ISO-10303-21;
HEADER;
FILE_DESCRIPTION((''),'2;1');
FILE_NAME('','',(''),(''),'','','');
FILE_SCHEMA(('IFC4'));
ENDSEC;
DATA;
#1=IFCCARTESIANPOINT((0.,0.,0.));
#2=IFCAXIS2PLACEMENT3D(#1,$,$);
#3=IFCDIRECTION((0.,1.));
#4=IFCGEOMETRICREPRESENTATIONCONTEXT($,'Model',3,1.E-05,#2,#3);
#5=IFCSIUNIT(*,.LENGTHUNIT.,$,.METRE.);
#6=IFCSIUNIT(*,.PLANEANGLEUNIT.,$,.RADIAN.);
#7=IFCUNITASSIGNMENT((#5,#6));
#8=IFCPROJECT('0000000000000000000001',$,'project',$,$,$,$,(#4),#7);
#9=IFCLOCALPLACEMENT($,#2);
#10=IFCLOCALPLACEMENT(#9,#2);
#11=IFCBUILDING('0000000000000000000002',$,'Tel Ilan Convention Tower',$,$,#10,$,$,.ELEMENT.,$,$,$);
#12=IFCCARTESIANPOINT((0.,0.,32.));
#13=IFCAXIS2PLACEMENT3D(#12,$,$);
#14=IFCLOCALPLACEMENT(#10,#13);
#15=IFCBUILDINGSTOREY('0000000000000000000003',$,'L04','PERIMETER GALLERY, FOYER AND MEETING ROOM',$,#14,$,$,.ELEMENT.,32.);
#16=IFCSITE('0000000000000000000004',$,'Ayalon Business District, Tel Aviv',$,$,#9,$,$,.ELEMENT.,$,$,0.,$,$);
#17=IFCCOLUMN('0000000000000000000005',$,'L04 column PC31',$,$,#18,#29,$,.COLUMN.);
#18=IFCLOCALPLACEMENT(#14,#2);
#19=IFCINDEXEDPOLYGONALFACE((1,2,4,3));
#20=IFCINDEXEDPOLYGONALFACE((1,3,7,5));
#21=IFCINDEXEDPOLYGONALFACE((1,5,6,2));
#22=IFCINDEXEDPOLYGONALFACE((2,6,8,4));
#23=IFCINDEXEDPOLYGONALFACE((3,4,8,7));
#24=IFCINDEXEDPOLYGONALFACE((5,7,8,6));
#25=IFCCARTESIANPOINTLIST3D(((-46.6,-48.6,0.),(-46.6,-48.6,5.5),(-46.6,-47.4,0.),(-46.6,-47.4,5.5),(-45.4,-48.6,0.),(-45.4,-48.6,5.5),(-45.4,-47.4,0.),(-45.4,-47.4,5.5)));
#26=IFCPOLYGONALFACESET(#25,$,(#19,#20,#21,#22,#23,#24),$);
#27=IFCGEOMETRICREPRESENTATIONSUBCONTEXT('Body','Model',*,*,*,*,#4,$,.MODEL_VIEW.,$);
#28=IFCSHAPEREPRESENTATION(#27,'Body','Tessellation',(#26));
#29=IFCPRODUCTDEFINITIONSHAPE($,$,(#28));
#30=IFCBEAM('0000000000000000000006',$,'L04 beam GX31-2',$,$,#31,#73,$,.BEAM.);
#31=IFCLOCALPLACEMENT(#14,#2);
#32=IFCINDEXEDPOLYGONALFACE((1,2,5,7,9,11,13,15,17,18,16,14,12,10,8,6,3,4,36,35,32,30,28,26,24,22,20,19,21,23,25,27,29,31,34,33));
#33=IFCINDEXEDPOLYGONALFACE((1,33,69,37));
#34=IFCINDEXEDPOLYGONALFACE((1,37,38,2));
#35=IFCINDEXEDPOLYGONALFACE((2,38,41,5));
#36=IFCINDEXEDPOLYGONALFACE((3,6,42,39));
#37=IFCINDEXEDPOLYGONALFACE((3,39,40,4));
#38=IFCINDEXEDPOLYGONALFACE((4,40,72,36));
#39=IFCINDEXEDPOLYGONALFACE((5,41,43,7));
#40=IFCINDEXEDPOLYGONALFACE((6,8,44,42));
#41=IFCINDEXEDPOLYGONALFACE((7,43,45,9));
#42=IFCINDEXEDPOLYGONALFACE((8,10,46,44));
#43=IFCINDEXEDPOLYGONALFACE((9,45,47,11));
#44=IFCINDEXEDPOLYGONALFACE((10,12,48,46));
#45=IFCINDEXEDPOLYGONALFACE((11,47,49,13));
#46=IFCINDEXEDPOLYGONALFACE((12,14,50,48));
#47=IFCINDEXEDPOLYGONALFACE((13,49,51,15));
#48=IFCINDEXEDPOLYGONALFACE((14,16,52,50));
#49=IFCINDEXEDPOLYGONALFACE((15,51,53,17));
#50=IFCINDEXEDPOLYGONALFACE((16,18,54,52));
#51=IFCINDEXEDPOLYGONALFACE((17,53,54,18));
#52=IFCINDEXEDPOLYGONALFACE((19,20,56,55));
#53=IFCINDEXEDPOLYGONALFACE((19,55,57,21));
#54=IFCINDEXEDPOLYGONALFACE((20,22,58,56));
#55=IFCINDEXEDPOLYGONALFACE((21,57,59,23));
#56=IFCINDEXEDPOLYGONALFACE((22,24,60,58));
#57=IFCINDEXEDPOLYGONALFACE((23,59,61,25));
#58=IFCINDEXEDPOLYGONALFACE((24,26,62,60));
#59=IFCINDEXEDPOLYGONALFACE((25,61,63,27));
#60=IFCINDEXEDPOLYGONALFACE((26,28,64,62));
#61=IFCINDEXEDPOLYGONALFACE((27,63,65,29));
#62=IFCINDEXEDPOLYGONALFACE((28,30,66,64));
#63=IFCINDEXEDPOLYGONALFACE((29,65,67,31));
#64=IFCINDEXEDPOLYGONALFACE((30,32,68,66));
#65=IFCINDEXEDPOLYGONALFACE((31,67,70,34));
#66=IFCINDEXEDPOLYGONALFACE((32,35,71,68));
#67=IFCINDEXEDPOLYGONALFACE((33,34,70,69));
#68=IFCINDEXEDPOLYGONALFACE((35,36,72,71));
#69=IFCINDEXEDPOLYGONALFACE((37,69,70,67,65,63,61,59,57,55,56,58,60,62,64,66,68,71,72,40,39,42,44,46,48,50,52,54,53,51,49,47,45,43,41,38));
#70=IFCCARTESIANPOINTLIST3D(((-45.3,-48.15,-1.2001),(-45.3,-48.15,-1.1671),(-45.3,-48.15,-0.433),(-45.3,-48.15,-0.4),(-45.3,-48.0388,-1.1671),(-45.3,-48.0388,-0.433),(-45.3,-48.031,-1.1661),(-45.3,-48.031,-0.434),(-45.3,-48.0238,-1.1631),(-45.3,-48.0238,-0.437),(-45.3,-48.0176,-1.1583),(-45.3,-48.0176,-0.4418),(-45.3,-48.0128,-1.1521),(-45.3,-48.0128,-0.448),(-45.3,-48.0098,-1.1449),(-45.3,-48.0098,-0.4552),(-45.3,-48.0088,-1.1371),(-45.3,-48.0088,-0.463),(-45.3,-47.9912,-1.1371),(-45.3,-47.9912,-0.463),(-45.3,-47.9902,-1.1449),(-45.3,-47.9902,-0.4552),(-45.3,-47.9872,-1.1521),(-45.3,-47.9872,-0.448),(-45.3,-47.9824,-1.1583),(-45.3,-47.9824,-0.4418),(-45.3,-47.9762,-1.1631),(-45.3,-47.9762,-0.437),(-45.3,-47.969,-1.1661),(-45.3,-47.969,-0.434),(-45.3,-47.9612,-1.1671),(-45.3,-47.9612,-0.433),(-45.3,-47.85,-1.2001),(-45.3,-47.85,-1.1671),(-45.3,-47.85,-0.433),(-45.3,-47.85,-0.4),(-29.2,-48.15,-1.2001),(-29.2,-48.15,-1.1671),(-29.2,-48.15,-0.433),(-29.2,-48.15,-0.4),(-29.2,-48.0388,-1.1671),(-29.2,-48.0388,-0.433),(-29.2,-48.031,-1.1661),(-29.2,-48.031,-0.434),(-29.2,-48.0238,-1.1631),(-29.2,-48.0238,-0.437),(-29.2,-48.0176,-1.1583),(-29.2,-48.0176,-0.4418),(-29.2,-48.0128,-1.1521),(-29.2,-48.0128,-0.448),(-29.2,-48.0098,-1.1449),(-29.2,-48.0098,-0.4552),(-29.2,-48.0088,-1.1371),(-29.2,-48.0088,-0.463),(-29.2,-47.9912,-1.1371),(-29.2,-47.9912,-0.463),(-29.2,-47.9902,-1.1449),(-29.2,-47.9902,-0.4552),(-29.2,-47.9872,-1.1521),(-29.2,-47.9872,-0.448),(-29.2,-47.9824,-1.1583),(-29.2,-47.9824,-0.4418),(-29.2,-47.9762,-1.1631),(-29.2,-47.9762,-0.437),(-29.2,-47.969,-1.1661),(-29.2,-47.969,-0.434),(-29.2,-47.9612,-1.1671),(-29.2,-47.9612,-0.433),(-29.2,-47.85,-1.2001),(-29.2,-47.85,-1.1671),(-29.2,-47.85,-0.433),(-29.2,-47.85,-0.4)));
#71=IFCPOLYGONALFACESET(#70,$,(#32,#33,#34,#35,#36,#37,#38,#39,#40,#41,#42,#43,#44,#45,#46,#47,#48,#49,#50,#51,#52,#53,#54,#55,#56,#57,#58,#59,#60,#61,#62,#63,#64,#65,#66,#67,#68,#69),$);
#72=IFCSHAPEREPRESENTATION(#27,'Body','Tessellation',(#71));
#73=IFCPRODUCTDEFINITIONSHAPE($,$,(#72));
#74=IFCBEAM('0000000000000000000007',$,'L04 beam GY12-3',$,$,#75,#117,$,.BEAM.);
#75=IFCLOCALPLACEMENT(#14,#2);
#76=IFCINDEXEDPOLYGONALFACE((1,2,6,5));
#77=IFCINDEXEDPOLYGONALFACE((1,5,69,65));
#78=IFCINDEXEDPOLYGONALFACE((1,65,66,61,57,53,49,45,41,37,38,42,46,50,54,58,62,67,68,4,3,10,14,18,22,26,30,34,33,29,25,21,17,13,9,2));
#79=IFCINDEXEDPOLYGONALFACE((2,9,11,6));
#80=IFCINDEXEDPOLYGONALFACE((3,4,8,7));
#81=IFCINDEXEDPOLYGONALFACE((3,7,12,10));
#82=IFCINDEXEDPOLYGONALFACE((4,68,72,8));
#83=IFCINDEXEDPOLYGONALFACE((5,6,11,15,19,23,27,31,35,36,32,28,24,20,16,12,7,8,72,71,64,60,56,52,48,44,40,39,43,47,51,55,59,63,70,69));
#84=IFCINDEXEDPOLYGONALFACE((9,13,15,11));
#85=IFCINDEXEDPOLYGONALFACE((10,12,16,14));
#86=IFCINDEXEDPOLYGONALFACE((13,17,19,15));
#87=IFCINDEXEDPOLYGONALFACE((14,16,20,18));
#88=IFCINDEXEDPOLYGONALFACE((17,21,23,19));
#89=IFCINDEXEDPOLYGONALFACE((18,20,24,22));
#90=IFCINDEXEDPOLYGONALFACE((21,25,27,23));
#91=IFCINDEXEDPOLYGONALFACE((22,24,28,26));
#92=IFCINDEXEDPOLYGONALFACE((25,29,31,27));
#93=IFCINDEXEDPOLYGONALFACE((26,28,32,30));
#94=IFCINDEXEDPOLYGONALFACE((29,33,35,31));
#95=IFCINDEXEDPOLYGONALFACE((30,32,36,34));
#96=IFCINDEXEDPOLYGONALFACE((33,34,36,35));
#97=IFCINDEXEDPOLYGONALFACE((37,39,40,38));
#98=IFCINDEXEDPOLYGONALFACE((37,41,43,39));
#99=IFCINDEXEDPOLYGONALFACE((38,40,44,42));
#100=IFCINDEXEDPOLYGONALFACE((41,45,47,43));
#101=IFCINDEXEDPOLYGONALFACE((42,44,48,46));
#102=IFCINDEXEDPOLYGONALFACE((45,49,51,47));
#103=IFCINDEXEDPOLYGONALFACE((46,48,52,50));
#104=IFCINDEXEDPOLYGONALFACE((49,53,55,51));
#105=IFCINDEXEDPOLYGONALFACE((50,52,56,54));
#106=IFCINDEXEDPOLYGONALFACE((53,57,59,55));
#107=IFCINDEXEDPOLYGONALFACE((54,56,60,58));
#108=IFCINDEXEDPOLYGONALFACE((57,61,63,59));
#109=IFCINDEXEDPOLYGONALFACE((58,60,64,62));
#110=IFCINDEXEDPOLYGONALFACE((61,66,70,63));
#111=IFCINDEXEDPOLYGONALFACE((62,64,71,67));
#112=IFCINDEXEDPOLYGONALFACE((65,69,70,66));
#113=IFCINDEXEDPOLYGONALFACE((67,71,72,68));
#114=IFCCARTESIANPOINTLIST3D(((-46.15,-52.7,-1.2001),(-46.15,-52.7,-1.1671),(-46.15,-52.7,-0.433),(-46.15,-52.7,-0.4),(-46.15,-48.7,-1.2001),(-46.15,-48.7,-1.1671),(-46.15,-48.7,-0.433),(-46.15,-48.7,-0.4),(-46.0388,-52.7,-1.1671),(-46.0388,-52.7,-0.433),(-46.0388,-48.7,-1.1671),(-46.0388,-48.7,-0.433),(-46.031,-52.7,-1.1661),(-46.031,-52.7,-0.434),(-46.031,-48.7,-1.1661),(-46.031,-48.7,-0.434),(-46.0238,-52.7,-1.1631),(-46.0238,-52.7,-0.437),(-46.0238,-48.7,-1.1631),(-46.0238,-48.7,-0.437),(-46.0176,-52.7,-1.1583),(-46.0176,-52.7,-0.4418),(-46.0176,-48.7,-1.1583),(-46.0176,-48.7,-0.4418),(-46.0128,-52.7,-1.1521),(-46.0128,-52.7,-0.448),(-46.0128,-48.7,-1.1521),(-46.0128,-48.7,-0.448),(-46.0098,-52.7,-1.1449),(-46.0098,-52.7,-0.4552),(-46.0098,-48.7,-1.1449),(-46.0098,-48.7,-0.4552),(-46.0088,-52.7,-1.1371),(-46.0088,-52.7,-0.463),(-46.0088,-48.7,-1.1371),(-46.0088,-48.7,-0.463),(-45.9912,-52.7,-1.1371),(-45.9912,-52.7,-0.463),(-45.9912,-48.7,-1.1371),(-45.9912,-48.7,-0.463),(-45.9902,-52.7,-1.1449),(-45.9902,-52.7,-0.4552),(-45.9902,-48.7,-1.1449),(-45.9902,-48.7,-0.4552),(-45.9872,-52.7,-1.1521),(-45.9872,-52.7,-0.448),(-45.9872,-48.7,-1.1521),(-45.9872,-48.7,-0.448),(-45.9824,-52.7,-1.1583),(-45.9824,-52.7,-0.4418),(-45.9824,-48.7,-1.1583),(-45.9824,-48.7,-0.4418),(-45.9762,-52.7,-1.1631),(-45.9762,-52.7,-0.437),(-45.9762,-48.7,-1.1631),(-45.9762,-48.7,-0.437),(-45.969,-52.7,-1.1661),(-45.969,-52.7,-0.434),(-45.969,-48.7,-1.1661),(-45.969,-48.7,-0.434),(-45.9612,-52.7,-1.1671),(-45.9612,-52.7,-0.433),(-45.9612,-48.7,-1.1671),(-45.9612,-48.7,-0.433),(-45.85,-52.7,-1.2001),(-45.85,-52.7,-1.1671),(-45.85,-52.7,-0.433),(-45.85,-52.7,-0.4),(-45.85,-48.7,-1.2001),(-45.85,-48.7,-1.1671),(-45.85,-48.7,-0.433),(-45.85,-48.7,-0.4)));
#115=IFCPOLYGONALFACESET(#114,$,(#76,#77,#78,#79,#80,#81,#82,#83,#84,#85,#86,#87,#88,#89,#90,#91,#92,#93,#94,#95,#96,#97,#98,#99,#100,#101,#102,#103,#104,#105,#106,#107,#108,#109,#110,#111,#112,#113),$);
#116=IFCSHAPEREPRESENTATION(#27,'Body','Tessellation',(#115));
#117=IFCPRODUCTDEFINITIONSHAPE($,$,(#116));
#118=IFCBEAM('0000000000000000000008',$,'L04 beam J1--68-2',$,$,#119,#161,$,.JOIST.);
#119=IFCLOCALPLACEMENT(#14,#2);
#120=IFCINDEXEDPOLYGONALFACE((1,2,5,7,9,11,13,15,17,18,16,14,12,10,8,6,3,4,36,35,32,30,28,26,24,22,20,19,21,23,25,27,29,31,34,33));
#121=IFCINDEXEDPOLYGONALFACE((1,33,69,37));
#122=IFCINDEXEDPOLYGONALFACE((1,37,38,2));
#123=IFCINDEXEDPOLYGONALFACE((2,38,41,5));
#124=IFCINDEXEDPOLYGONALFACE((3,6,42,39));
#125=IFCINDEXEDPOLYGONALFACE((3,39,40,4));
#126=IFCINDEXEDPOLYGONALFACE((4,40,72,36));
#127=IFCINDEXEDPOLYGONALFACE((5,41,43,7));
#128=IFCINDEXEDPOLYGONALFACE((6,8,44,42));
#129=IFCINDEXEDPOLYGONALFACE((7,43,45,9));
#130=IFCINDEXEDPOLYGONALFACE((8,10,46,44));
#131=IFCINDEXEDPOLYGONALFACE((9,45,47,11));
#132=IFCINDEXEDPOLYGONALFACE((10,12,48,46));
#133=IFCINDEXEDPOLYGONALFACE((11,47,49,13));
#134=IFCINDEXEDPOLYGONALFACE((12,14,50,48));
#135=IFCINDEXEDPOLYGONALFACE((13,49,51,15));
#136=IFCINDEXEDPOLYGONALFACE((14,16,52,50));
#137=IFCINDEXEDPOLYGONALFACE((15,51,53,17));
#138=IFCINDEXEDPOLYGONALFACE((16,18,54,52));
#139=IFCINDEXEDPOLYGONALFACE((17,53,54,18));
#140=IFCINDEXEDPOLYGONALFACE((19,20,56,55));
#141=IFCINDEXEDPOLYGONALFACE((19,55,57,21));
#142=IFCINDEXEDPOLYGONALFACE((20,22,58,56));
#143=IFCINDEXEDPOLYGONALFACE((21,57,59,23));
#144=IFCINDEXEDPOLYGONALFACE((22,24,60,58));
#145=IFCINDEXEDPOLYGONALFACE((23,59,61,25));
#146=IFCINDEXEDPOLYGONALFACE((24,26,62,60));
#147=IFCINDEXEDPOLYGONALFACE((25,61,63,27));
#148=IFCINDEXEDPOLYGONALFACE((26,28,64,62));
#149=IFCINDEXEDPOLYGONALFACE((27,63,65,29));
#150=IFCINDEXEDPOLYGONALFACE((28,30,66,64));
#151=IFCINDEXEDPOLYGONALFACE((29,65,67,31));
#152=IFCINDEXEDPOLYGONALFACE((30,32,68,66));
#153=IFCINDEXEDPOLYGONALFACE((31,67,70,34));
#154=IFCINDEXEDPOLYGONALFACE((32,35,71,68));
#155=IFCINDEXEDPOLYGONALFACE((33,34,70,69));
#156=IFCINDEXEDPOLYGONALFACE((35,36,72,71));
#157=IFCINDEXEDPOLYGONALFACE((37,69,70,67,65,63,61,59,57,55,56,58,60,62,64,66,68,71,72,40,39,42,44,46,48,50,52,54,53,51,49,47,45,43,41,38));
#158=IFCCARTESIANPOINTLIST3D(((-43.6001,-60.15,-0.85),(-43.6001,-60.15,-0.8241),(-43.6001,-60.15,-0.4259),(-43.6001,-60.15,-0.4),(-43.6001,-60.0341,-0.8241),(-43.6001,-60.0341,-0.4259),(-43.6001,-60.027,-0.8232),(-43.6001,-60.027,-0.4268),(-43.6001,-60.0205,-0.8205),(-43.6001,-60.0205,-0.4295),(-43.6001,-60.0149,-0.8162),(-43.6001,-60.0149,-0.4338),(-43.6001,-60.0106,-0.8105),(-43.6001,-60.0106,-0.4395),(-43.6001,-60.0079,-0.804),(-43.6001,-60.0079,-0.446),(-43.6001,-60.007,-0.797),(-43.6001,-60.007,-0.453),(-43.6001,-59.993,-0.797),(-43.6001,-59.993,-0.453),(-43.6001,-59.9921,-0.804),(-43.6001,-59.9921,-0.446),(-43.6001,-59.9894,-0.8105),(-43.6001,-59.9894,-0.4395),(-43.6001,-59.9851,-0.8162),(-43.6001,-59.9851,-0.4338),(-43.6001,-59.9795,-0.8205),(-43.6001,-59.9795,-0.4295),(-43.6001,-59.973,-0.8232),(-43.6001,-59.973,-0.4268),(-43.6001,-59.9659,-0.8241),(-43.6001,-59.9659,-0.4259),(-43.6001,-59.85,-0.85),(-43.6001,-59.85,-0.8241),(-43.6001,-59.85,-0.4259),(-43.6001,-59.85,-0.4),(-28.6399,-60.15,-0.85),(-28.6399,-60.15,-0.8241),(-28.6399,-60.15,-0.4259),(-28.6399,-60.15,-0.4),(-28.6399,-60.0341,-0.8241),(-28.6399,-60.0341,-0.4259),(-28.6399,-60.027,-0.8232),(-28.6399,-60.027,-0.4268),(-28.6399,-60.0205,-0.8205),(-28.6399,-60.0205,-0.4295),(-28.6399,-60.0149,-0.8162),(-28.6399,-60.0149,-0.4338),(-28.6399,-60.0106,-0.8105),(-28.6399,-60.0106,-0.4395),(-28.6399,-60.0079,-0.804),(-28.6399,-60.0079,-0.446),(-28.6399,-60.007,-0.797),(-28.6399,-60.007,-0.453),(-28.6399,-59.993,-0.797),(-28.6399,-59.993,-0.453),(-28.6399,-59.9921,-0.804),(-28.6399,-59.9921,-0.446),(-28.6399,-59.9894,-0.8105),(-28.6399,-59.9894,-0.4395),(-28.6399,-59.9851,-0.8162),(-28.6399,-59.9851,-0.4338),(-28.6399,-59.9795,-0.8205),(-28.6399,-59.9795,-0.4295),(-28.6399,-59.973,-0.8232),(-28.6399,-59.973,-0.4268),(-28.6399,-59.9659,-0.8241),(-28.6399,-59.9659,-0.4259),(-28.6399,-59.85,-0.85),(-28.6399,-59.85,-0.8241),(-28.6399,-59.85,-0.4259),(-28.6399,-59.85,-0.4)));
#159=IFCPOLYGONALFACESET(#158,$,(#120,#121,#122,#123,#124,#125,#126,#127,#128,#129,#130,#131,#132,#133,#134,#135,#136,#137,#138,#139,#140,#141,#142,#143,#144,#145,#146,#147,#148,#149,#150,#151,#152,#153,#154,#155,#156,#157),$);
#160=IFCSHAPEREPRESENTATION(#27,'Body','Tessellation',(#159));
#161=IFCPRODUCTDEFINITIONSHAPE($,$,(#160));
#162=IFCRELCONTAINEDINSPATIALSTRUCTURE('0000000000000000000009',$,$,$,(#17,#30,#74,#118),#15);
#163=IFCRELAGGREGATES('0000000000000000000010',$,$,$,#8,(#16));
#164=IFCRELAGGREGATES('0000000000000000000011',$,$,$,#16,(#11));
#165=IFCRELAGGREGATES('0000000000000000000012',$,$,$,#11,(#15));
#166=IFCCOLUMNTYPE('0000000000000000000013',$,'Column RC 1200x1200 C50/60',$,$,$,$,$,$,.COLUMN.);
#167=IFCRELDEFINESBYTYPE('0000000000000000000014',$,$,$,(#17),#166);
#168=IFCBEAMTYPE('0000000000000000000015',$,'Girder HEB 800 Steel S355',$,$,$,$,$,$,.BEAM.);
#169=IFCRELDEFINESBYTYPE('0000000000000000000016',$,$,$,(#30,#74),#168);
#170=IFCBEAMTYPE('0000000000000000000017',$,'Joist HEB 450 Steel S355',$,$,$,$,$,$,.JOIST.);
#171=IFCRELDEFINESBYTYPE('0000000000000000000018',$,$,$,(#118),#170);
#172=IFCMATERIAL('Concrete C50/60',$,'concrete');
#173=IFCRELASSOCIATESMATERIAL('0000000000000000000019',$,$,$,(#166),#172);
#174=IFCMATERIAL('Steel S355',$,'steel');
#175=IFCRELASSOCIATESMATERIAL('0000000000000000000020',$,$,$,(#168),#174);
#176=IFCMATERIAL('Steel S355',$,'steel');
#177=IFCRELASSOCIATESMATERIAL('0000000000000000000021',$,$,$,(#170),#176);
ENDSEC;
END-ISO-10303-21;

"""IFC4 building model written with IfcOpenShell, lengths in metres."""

from ifc_helpers import new_model, si_unit, direction, frame, origin, origin_2d, place, context, subcontext, project, spatial, rectangle, i_section, extrude, material, material_profile, profile_set, type_object, element, save


model = new_model("IFC4")

# Units and contexts
model_context = context("Model", 3, precision=1e-05, world=origin(), true_north=direction((0.0, 1.0)))
body_context = subcontext(model_context, "Body", "Model", "MODEL_VIEW")
ifc_project = project(units=[si_unit("LENGTHUNIT", "METRE"), si_unit("PLANEANGLEUNIT", "RADIAN")], contexts=[model_context])

# Site, building, storey
site_placement = place(None, origin())
site = spatial("IfcSite", under=ifc_project, at=site_placement, Name="Ayalon Business District, Tel Aviv", CompositionType="ELEMENT", RefElevation=0.0)
building_placement = place(site_placement, origin())
building = spatial("IfcBuilding", under=site, at=building_placement, Name="Tel Ilan Convention Tower", CompositionType="ELEMENT")
storey_placement = place(building_placement, frame((0.0, 0.0, 32.0)))
storey = spatial("IfcBuildingStorey", under=building, at=storey_placement, Name="L04", Description="PERIMETER GALLERY, FOYER AND MEETING ROOM", CompositionType="ELEMENT", Elevation=32.0)

# Column
ifc_material_1 = material(Name="Concrete C50/60", Category="concrete")
ifc_material_profile_1 = material_profile(ifc_material_1, rectangle(XDim=1.2, YDim=1.2, at=origin_2d()), Name="RC 1200x1200")
ifc_profile_set_1 = profile_set([ifc_material_profile_1], Name="Concrete C50/60")
column_type = type_object("IfcColumnType", Name="Column RC 1200x1200 C50/60", PredefinedType="COLUMN", material=ifc_profile_set_1)
column_placement = place(storey_placement, frame((-46.0, -48.0, 0.0), z_axis=(0.0, 0.0, 1.0), x_axis=(1.0, 0.0, 0.0)))
element("IfcColumn", 1, at=column_placement, inside=storey, type_object=column_type, Name="L04 column PC31", PredefinedType="COLUMN", context=body_context, shape_type="SweptSolid", body=[
    extrude(rectangle(XDim=1.2, YDim=1.2, at=origin_2d()), origin(), (0.0, 0.0, 1.0), 5.5),
])

# Beams
ifc_material_2 = material(Name="Steel S355", Category="steel")
ifc_material_profile_2 = material_profile(ifc_material_2, i_section(OverallWidth=0.3, OverallDepth=0.8, WebThickness=0.0176, FlangeThickness=0.033, FilletRadius=0.03, at=origin_2d()), Name="HEB 800")
ifc_profile_set_2 = profile_set([ifc_material_profile_2], Name="Steel S355")
beam_type_1 = type_object("IfcBeamType", Name="Girder HEB 800 Steel S355", PredefinedType="BEAM", material=ifc_profile_set_2)
beam_1_placement = place(storey_placement, frame((-45.3, -48.0, -0.8), z_axis=(1.0, 0.0, 0.0), x_axis=(0.0, 1.0, 0.0)))
element("IfcBeam", 2, at=beam_1_placement, inside=storey, type_object=beam_type_1, Name="L04 beam GX31-2", PredefinedType="BEAM", context=body_context, shape_type="SweptSolid", body=[
    extrude(i_section(OverallWidth=0.3, OverallDepth=0.8, WebThickness=0.0176, FlangeThickness=0.033, FilletRadius=0.03, at=origin_2d()), origin(), (0.0, 0.0, 1.0), 16.1001),
])
beam_2_placement = place(storey_placement, frame((-46.0, -52.7, -0.8), z_axis=(0.0, 1.0, 0.0), x_axis=(-1.0, 0.0, 0.0)))
element("IfcBeam", 3, at=beam_2_placement, inside=storey, type_object=beam_type_1, Name="L04 beam GY12-3", PredefinedType="BEAM", context=body_context, shape_type="SweptSolid", body=[
    extrude(i_section(OverallWidth=0.3, OverallDepth=0.8, WebThickness=0.0176, FlangeThickness=0.033, FilletRadius=0.03, at=origin_2d()), origin(), (0.0, 0.0, 1.0), 4.0),
])
ifc_material_3 = material(Name="Steel S355", Category="steel")
ifc_material_profile_3 = material_profile(ifc_material_3, i_section(OverallWidth=0.3, OverallDepth=0.45, WebThickness=0.0139, FlangeThickness=0.0259, FilletRadius=0.0271, at=origin_2d()), Name="HEB 450")
ifc_profile_set_3 = profile_set([ifc_material_profile_3], Name="Steel S355")
beam_type_2 = type_object("IfcBeamType", Name="Joist HEB 450 Steel S355", PredefinedType="JOIST", material=ifc_profile_set_3)
for number, where, z_axis, x_axis, name in (
    (4, (-43.6001, -60.0, -0.625), (1.0, 0.0, 0.0), (0.0, 1.0, 0.0), "L04 beam J1--68-2"),
):
    element("IfcBeam", number, at=place(storey_placement, frame(where, z_axis=z_axis, x_axis=x_axis)), inside=storey, type_object=beam_type_2, Name=name, PredefinedType="JOIST", context=body_context, shape_type="SweptSolid", body=[
        extrude(i_section(OverallWidth=0.3, OverallDepth=0.45, WebThickness=0.0139, FlangeThickness=0.0259, FilletRadius=0.0271, at=origin_2d()), origin(), (0.0, 0.0, 1.0), 14.9602),
    ])

save(model, "model.ifc")
